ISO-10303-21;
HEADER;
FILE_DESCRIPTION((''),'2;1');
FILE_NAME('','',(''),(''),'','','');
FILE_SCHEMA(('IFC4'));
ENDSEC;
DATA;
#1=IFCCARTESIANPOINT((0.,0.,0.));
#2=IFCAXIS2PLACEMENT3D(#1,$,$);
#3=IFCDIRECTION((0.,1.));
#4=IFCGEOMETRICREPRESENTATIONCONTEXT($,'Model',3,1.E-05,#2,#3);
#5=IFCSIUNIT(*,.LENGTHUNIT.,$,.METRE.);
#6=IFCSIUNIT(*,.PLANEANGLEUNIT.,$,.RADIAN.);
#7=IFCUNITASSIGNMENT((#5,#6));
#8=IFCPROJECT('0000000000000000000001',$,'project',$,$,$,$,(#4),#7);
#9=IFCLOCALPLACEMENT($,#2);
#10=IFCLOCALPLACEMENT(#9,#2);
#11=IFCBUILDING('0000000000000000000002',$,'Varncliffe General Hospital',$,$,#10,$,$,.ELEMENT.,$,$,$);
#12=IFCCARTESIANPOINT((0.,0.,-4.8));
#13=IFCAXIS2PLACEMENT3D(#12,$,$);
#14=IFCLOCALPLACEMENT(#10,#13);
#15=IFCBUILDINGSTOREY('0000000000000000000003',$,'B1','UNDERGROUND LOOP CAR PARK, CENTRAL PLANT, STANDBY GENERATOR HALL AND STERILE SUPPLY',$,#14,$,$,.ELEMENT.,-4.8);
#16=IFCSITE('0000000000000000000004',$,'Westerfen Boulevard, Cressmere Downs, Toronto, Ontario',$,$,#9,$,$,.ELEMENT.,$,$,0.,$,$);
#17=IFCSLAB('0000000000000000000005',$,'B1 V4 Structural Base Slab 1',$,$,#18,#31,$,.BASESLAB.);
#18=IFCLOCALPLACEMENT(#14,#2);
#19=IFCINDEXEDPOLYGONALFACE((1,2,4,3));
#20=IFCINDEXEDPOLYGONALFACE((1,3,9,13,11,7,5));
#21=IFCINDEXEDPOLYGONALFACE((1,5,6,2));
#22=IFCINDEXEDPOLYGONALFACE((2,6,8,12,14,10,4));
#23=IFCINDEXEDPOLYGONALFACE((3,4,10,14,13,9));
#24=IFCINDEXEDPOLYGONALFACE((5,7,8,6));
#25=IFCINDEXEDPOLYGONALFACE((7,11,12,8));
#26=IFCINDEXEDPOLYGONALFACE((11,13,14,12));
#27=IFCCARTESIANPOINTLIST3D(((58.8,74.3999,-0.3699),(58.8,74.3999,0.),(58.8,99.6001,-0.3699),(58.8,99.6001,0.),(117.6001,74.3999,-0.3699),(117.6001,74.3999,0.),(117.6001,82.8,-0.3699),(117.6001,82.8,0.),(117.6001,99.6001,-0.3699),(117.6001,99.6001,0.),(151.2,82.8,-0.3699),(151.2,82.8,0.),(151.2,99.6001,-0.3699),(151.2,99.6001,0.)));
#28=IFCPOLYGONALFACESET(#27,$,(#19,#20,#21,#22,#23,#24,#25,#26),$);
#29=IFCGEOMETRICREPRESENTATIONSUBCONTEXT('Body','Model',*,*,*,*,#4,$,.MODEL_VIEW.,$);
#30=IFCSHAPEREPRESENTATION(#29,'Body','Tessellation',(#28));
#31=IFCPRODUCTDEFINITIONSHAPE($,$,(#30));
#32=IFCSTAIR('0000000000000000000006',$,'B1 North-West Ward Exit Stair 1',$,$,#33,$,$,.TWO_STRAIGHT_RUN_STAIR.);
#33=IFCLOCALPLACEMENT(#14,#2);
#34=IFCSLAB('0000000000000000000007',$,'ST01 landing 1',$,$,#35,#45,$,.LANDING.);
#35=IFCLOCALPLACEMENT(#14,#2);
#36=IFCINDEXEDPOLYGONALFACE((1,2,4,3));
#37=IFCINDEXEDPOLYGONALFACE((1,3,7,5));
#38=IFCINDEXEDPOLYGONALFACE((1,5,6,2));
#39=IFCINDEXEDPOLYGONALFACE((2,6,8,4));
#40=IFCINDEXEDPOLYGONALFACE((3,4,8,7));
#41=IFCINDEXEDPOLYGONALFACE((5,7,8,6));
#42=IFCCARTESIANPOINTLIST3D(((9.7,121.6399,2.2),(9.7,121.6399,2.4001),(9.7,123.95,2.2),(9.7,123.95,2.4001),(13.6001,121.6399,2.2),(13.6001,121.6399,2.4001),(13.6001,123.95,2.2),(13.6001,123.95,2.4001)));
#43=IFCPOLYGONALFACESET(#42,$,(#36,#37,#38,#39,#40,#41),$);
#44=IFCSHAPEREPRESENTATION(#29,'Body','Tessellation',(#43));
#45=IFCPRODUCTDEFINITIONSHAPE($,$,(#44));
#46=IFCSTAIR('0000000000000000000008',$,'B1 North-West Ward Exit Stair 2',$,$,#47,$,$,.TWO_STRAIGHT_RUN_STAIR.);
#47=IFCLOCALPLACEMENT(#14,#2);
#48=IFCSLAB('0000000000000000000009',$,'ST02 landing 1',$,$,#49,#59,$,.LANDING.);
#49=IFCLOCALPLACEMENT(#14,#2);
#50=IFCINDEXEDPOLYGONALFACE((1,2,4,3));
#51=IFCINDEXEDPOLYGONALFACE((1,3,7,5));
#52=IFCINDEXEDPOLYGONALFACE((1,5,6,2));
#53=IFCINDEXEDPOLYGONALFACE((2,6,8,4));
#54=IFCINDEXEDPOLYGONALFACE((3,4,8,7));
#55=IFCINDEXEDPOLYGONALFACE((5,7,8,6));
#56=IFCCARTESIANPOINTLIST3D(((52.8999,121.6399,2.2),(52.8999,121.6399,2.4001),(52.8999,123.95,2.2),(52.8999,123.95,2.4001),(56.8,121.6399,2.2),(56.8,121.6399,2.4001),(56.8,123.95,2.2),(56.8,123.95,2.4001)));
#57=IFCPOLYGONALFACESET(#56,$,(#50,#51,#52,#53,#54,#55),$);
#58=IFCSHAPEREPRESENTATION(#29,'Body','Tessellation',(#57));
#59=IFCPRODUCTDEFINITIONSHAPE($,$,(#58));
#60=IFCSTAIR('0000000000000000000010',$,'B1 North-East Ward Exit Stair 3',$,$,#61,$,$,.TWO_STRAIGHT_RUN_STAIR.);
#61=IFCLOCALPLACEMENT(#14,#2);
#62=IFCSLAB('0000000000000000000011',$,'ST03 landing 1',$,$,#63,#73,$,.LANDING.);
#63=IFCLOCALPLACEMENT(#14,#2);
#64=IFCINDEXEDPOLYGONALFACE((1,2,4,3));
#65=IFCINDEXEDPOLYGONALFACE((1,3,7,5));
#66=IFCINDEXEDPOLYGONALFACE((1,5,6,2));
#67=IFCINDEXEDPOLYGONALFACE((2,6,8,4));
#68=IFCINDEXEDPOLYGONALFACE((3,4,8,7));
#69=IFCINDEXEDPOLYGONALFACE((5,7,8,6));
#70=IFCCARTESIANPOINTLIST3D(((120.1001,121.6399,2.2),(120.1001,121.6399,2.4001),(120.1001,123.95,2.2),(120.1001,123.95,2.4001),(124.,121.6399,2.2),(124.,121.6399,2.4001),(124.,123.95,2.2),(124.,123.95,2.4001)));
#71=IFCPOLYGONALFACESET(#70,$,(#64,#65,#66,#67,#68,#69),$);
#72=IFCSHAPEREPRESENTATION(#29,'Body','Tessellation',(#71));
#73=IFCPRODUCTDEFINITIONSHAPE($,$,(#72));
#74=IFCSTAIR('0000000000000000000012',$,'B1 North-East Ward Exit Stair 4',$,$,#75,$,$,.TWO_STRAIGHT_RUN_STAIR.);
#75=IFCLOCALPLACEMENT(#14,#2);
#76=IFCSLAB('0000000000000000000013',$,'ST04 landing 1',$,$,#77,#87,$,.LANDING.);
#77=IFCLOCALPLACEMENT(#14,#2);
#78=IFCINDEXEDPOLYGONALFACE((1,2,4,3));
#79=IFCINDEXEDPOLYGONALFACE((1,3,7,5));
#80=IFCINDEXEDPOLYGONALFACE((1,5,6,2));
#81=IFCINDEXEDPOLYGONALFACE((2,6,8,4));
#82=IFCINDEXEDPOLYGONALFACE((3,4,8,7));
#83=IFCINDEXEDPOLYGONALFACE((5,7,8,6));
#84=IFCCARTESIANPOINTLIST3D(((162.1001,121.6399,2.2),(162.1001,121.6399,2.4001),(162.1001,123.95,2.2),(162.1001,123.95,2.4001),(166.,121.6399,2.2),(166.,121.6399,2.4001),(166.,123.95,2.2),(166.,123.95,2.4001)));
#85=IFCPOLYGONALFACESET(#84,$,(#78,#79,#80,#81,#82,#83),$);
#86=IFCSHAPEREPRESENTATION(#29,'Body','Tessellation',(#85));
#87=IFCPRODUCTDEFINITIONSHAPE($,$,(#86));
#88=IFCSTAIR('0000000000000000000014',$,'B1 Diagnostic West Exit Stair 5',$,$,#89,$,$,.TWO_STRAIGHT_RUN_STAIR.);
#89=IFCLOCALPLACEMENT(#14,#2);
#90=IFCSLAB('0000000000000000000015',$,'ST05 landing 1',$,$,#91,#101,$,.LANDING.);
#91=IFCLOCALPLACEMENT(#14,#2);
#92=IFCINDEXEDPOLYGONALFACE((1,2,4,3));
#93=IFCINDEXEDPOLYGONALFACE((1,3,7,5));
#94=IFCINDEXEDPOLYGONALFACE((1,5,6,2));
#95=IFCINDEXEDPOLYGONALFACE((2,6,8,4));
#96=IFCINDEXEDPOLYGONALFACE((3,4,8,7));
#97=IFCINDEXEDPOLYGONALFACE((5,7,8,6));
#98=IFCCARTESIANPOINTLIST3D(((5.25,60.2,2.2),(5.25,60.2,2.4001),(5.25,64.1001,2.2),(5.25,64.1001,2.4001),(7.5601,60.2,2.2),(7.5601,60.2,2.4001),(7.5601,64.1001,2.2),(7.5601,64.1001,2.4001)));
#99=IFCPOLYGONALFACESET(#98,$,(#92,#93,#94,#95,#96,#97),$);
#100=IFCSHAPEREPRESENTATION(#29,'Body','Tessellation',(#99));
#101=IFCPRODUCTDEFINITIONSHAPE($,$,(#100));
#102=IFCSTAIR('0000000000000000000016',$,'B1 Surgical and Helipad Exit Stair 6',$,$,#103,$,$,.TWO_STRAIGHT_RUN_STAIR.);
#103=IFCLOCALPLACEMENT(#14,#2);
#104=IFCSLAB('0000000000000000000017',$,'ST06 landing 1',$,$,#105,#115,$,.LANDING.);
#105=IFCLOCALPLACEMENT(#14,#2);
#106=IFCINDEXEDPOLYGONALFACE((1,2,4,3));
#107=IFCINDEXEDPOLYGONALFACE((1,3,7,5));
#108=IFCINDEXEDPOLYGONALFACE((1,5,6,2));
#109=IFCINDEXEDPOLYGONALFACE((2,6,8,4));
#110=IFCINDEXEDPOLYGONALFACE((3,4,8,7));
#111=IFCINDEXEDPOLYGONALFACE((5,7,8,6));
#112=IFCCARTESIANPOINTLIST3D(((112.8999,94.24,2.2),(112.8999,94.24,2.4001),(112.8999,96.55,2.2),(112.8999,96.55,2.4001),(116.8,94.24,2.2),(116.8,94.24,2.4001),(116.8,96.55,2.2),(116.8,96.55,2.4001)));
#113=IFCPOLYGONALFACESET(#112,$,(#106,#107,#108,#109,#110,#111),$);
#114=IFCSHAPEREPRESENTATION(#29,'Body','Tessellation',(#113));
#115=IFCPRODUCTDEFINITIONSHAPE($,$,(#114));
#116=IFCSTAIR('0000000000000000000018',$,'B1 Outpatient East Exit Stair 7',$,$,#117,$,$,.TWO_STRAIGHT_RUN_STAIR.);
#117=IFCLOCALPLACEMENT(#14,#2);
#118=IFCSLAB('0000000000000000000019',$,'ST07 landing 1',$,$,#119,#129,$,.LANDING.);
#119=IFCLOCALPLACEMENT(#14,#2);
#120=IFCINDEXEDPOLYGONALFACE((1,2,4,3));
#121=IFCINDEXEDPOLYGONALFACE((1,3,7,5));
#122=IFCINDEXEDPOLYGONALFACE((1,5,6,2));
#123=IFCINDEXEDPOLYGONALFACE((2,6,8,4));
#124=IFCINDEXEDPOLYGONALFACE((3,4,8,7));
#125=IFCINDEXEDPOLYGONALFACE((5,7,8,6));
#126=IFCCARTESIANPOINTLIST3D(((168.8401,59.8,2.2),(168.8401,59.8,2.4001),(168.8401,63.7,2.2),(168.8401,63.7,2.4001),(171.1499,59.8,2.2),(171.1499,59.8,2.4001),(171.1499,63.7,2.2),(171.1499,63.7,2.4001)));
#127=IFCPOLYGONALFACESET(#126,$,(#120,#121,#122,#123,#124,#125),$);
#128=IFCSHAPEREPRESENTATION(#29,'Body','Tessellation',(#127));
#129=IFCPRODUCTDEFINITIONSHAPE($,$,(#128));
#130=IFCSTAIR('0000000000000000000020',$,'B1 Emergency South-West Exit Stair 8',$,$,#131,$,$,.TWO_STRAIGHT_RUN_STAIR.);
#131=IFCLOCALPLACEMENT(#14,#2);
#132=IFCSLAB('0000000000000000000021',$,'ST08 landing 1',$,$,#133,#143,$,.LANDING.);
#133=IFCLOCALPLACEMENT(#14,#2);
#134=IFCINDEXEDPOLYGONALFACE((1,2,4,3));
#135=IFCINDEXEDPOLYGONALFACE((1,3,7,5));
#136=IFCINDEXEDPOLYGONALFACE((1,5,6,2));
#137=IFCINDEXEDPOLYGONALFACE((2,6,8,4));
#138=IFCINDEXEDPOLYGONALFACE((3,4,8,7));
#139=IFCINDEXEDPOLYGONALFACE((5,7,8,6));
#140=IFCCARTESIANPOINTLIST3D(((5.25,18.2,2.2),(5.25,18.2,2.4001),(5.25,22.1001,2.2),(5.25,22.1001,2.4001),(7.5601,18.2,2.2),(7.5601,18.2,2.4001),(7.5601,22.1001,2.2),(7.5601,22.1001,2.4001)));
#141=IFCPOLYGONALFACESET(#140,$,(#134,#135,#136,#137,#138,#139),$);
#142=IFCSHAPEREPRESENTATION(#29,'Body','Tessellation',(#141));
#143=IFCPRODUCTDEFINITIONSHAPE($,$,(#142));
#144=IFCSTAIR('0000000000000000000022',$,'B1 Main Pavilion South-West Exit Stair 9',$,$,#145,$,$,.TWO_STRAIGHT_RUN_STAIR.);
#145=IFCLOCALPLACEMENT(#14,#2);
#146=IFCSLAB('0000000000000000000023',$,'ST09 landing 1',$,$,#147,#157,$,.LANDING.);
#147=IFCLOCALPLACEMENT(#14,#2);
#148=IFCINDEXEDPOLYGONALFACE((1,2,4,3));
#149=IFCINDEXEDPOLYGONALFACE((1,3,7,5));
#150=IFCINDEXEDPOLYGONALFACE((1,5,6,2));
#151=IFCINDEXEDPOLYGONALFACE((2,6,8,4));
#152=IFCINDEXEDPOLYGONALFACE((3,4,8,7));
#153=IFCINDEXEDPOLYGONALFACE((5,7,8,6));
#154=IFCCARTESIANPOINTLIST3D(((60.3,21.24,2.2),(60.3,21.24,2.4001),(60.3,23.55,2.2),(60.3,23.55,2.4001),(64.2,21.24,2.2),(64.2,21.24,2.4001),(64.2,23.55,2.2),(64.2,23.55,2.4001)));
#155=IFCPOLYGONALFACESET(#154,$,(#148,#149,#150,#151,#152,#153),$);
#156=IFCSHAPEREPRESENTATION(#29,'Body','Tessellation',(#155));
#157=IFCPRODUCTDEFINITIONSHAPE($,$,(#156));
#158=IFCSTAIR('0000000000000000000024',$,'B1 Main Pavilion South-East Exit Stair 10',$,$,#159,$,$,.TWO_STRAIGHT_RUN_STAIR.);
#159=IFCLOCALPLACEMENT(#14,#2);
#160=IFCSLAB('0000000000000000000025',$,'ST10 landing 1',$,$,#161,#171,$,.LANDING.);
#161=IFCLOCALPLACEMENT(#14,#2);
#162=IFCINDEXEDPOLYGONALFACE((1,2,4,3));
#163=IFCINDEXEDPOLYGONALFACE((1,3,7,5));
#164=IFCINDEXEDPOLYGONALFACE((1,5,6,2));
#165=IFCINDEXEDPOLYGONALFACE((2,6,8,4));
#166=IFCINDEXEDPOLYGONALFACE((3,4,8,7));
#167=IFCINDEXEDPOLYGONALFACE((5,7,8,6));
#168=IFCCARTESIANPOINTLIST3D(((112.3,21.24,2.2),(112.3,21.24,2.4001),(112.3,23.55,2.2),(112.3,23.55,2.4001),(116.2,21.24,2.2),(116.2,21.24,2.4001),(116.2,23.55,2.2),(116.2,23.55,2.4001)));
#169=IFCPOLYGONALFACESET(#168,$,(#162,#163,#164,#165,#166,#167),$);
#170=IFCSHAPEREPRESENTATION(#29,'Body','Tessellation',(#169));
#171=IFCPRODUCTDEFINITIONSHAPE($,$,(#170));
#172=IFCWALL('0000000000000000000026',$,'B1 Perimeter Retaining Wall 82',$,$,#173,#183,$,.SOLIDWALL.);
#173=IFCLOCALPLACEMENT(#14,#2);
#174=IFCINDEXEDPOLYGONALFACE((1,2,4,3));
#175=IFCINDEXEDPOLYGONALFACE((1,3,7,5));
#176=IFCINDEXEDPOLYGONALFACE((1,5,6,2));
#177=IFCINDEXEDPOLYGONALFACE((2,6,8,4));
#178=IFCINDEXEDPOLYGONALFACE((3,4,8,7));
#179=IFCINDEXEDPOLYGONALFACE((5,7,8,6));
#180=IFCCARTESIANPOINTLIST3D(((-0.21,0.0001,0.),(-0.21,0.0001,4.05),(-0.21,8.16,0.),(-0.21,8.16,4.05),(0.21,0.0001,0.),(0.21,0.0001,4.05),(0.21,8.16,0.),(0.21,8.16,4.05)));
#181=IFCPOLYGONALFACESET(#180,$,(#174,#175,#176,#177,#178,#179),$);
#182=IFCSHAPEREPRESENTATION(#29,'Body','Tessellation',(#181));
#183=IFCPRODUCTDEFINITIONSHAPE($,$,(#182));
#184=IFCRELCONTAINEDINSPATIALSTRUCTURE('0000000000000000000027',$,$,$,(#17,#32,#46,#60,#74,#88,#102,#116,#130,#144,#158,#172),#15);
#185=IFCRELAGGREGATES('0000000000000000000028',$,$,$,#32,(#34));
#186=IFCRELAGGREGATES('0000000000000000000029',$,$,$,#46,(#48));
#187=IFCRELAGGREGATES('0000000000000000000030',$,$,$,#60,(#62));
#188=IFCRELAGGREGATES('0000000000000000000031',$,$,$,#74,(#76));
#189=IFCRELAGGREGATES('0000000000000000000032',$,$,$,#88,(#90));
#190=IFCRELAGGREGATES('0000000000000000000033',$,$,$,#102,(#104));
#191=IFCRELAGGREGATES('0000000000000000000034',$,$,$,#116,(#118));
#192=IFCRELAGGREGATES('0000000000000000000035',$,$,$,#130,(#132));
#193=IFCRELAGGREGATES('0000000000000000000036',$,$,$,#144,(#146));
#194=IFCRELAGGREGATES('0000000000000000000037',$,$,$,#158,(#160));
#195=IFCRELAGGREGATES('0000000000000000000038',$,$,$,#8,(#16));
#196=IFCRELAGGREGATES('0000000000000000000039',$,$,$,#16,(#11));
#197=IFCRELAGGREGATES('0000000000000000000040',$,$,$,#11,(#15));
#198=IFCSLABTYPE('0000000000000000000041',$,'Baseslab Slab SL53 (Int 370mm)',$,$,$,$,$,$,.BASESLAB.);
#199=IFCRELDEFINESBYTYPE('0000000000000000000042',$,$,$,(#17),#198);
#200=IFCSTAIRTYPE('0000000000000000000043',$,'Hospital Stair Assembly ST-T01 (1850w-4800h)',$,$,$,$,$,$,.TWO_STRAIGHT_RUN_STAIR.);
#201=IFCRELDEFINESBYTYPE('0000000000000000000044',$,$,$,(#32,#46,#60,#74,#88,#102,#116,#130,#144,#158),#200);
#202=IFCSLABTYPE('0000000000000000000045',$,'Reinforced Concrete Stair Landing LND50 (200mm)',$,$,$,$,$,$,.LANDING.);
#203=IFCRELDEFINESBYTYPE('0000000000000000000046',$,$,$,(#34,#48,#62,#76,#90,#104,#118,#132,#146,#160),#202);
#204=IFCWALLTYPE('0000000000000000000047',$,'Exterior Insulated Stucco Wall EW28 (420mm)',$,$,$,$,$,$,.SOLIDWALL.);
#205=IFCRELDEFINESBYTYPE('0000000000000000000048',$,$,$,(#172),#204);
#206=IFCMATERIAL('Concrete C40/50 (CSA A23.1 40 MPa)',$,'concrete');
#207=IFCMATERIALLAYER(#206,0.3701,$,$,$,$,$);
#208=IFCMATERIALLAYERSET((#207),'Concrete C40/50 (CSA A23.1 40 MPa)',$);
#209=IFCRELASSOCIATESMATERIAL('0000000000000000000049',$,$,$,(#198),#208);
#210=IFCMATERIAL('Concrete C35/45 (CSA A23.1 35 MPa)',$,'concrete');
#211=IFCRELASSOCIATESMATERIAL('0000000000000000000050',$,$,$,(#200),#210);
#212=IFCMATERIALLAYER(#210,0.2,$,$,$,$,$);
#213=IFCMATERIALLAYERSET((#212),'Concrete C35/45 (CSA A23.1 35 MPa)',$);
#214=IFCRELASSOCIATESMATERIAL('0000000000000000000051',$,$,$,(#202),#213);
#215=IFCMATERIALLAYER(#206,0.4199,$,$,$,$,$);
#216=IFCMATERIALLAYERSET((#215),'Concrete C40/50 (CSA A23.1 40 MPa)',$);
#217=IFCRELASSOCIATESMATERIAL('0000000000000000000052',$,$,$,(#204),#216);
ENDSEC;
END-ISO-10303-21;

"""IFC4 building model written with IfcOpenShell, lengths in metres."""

from ifc_helpers import new_model, si_unit, direction, frame, frame_2d, origin, place, context, subcontext, project, spatial, polyline, rectangle, outline, extrude, material, layer, layer_set, type_object, element, aggregate, save


model = new_model("IFC4")

# Units and contexts
model_context = context("Model", 3, precision=1e-05, world=origin(), true_north=direction((0.0, 1.0)))
body_context = subcontext(model_context, "Body", "Model", "MODEL_VIEW")
ifc_project = project(units=[si_unit("LENGTHUNIT", "METRE"), si_unit("PLANEANGLEUNIT", "RADIAN")], contexts=[model_context])

# Site, building, storey
site_placement = place(None, origin())
site = spatial("IfcSite", under=ifc_project, at=site_placement, Name="Westerfen Boulevard, Cressmere Downs, Toronto, Ontario", CompositionType="ELEMENT", RefElevation=0.0)
building_placement = place(site_placement, origin())
building = spatial("IfcBuilding", under=site, at=building_placement, Name="Varncliffe General Hospital", CompositionType="ELEMENT")
storey_placement = place(building_placement, frame((0.0, 0.0, -4.8)))
storey = spatial("IfcBuildingStorey", under=building, at=storey_placement, Name="B1", Description="UNDERGROUND LOOP CAR PARK, CENTRAL PLANT, STANDBY GENERATOR HALL AND STERILE SUPPLY", CompositionType="ELEMENT", Elevation=-4.8)

# Shared definitions
ifc_material_1 = material(Name="Concrete C40/50 (CSA A23.1 40 MPa)", Category="concrete")

# Shared definitions
ifc_material_2 = material(Name="Concrete C35/45 (CSA A23.1 35 MPa)", Category="concrete")

# Slab
ifc_layer_1 = layer(ifc_material_1, 0.3701)
ifc_layer_set_1 = layer_set([ifc_layer_1], Name="Concrete C40/50 (CSA A23.1 40 MPa)")
slab_type_1 = type_object("IfcSlabType", Name="Baseslab Slab SL53 (Int 370mm)", PredefinedType="BASESLAB", material=ifc_layer_set_1)
slab_1_placement = place(storey_placement, frame((0.0, 0.0, -0.3699)))
element("IfcSlab", 1, at=slab_1_placement, inside=storey, type_object=slab_type_1, Name="B1 V4 Structural Base Slab 1", PredefinedType="BASESLAB", context=body_context, shape_type="SweptSolid", body=[
    extrude(outline(polyline([(117.6001, 74.3999), (58.8, 74.3999), (58.8, 99.6001), (117.6001, 99.6001), (151.2, 99.6001), (151.2, 82.8), (117.6001, 82.8), (117.6001, 74.3999)])), origin(), (0.0, 0.0, 1.0), 0.3699),
])

# Stairs, slabs
stair_type = type_object("IfcStairType", Name="Hospital Stair Assembly ST-T01 (1850w-4800h)", PredefinedType="TWO_STRAIGHT_RUN_STAIR", material=ifc_material_2)
stair_1_placement = place(storey_placement, origin())
stair_1 = element("IfcStair", 2, at=stair_1_placement, inside=storey, type_object=stair_type, Name="B1 North-West Ward Exit Stair 1", PredefinedType="TWO_STRAIGHT_RUN_STAIR")
ifc_layer_2 = layer(ifc_material_2, 0.2)
ifc_layer_set_2 = layer_set([ifc_layer_2], Name="Concrete C35/45 (CSA A23.1 35 MPa)")
slab_type_2 = type_object("IfcSlabType", Name="Reinforced Concrete Stair Landing LND50 (200mm)", PredefinedType="LANDING", material=ifc_layer_set_2)
slab_2_placement = place(storey_placement, frame((0.0, 0.0, 2.2)))
slab_2 = element("IfcSlab", 3, at=slab_2_placement, type_object=slab_type_2, Name="ST01 landing 1", PredefinedType="LANDING", context=body_context, shape_type="SweptSolid", body=[
    extrude(outline(polyline([(13.6001, 121.6399), (13.6001, 123.95), (9.7, 123.95), (9.7, 121.6399), (13.6001, 121.6399)])), origin(), (0.0, 0.0, 1.0), 0.2002),
])
aggregate(stair_1, [slab_2])
stair_2_placement = place(storey_placement, origin())
stair_2 = element("IfcStair", 4, at=stair_2_placement, inside=storey, type_object=stair_type, Name="B1 North-West Ward Exit Stair 2", PredefinedType="TWO_STRAIGHT_RUN_STAIR")
slab_3_placement = place(storey_placement, frame((0.0, 0.0, 2.2)))
slab_3 = element("IfcSlab", 5, at=slab_3_placement, type_object=slab_type_2, Name="ST02 landing 1", PredefinedType="LANDING", context=body_context, shape_type="SweptSolid", body=[
    extrude(outline(polyline([(56.8, 121.6399), (56.8, 123.95), (52.8999, 123.95), (52.8999, 121.6399), (56.8, 121.6399)])), origin(), (0.0, 0.0, 1.0), 0.2002),
])
aggregate(stair_2, [slab_3])
stair_3_placement = place(storey_placement, origin())
stair_3 = element("IfcStair", 6, at=stair_3_placement, inside=storey, type_object=stair_type, Name="B1 North-East Ward Exit Stair 3", PredefinedType="TWO_STRAIGHT_RUN_STAIR")
slab_4_placement = place(storey_placement, frame((0.0, 0.0, 2.2)))
slab_4 = element("IfcSlab", 7, at=slab_4_placement, type_object=slab_type_2, Name="ST03 landing 1", PredefinedType="LANDING", context=body_context, shape_type="SweptSolid", body=[
    extrude(outline(polyline([(124.0, 121.6399), (124.0, 123.95), (120.1001, 123.95), (120.1001, 121.6399), (124.0, 121.6399)])), origin(), (0.0, 0.0, 1.0), 0.2002),
])
aggregate(stair_3, [slab_4])
stair_4_placement = place(storey_placement, origin())
stair_4 = element("IfcStair", 8, at=stair_4_placement, inside=storey, type_object=stair_type, Name="B1 North-East Ward Exit Stair 4", PredefinedType="TWO_STRAIGHT_RUN_STAIR")
slab_5_placement = place(storey_placement, frame((0.0, 0.0, 2.2)))
slab_5 = element("IfcSlab", 9, at=slab_5_placement, type_object=slab_type_2, Name="ST04 landing 1", PredefinedType="LANDING", context=body_context, shape_type="SweptSolid", body=[
    extrude(outline(polyline([(166.0, 121.6399), (166.0, 123.95), (162.1001, 123.95), (162.1001, 121.6399), (166.0, 121.6399)])), origin(), (0.0, 0.0, 1.0), 0.2002),
])
aggregate(stair_4, [slab_5])
stair_5_placement = place(storey_placement, origin())
stair_5 = element("IfcStair", 10, at=stair_5_placement, inside=storey, type_object=stair_type, Name="B1 Diagnostic West Exit Stair 5", PredefinedType="TWO_STRAIGHT_RUN_STAIR")
slab_6_placement = place(storey_placement, frame((0.0, 0.0, 2.2)))
slab_6 = element("IfcSlab", 11, at=slab_6_placement, type_object=slab_type_2, Name="ST05 landing 1", PredefinedType="LANDING", context=body_context, shape_type="SweptSolid", body=[
    extrude(outline(polyline([(7.5601, 64.1001), (5.25, 64.1001), (5.25, 60.2), (7.5601, 60.2), (7.5601, 64.1001)])), origin(), (0.0, 0.0, 1.0), 0.2002),
])
aggregate(stair_5, [slab_6])
stair_6_placement = place(storey_placement, origin())
stair_6 = element("IfcStair", 12, at=stair_6_placement, inside=storey, type_object=stair_type, Name="B1 Surgical and Helipad Exit Stair 6", PredefinedType="TWO_STRAIGHT_RUN_STAIR")
slab_7_placement = place(storey_placement, frame((0.0, 0.0, 2.2)))
slab_7 = element("IfcSlab", 13, at=slab_7_placement, type_object=slab_type_2, Name="ST06 landing 1", PredefinedType="LANDING", context=body_context, shape_type="SweptSolid", body=[
    extrude(outline(polyline([(116.8, 94.24), (116.8, 96.55), (112.8999, 96.55), (112.8999, 94.24), (116.8, 94.24)])), origin(), (0.0, 0.0, 1.0), 0.2002),
])
aggregate(stair_6, [slab_7])
stair_7_placement = place(storey_placement, origin())
stair_7 = element("IfcStair", 14, at=stair_7_placement, inside=storey, type_object=stair_type, Name="B1 Outpatient East Exit Stair 7", PredefinedType="TWO_STRAIGHT_RUN_STAIR")
slab_8_placement = place(storey_placement, frame((0.0, 0.0, 2.2)))
slab_8 = element("IfcSlab", 15, at=slab_8_placement, type_object=slab_type_2, Name="ST07 landing 1", PredefinedType="LANDING", context=body_context, shape_type="SweptSolid", body=[
    extrude(outline(polyline([(168.8401, 59.8), (171.1499, 59.8), (171.1499, 63.7), (168.8401, 63.7), (168.8401, 59.8)])), origin(), (0.0, 0.0, 1.0), 0.2002),
])
aggregate(stair_7, [slab_8])
stair_8_placement = place(storey_placement, origin())
stair_8 = element("IfcStair", 16, at=stair_8_placement, inside=storey, type_object=stair_type, Name="B1 Emergency South-West Exit Stair 8", PredefinedType="TWO_STRAIGHT_RUN_STAIR")
slab_9_placement = place(storey_placement, frame((0.0, 0.0, 2.2)))
slab_9 = element("IfcSlab", 17, at=slab_9_placement, type_object=slab_type_2, Name="ST08 landing 1", PredefinedType="LANDING", context=body_context, shape_type="SweptSolid", body=[
    extrude(outline(polyline([(7.5601, 22.1001), (5.25, 22.1001), (5.25, 18.2), (7.5601, 18.2), (7.5601, 22.1001)])), origin(), (0.0, 0.0, 1.0), 0.2002),
])
aggregate(stair_8, [slab_9])
stair_9_placement = place(storey_placement, origin())
stair_9 = element("IfcStair", 18, at=stair_9_placement, inside=storey, type_object=stair_type, Name="B1 Main Pavilion South-West Exit Stair 9", PredefinedType="TWO_STRAIGHT_RUN_STAIR")
slab_10_placement = place(storey_placement, frame((0.0, 0.0, 2.2)))
slab_10 = element("IfcSlab", 19, at=slab_10_placement, type_object=slab_type_2, Name="ST09 landing 1", PredefinedType="LANDING", context=body_context, shape_type="SweptSolid", body=[
    extrude(outline(polyline([(64.2, 21.24), (64.2, 23.55), (60.3, 23.55), (60.3, 21.24), (64.2, 21.24)])), origin(), (0.0, 0.0, 1.0), 0.2002),
])
aggregate(stair_9, [slab_10])
stair_10_placement = place(storey_placement, origin())
stair_10 = element("IfcStair", 20, at=stair_10_placement, inside=storey, type_object=stair_type, Name="B1 Main Pavilion South-East Exit Stair 10", PredefinedType="TWO_STRAIGHT_RUN_STAIR")
slab_11_placement = place(storey_placement, frame((0.0, 0.0, 2.2)))
slab_11 = element("IfcSlab", 21, at=slab_11_placement, type_object=slab_type_2, Name="ST10 landing 1", PredefinedType="LANDING", context=body_context, shape_type="SweptSolid", body=[
    extrude(outline(polyline([(116.2, 21.24), (116.2, 23.55), (112.3, 23.55), (112.3, 21.24), (116.2, 21.24)])), origin(), (0.0, 0.0, 1.0), 0.2002),
])
aggregate(stair_10, [slab_11])

# Wall
ifc_layer_3 = layer(ifc_material_1, 0.4199)
ifc_layer_set_3 = layer_set([ifc_layer_3], Name="Concrete C40/50 (CSA A23.1 40 MPa)")
wall_type = type_object("IfcWallType", Name="Exterior Insulated Stucco Wall EW28 (420mm)", PredefinedType="SOLIDWALL", material=ifc_layer_set_3)
wall_placement = place(storey_placement, frame((0.0, 0.0, 0.0), z_axis=(0.0, 0.0, 1.0), x_axis=(0.0, 1.0, 0.0)))
element("IfcWall", 22, at=wall_placement, inside=storey, type_object=wall_type, Name="B1 Perimeter Retaining Wall 82", PredefinedType="SOLIDWALL", context=body_context, shape_type="SweptSolid", body=[
    extrude(rectangle(XDim=8.1599, YDim=0.4199, at=frame_2d((4.0801, 0.0))), origin(), (0.0, 0.0, 1.0), 4.05),
])

save(model, "model.ifc")
